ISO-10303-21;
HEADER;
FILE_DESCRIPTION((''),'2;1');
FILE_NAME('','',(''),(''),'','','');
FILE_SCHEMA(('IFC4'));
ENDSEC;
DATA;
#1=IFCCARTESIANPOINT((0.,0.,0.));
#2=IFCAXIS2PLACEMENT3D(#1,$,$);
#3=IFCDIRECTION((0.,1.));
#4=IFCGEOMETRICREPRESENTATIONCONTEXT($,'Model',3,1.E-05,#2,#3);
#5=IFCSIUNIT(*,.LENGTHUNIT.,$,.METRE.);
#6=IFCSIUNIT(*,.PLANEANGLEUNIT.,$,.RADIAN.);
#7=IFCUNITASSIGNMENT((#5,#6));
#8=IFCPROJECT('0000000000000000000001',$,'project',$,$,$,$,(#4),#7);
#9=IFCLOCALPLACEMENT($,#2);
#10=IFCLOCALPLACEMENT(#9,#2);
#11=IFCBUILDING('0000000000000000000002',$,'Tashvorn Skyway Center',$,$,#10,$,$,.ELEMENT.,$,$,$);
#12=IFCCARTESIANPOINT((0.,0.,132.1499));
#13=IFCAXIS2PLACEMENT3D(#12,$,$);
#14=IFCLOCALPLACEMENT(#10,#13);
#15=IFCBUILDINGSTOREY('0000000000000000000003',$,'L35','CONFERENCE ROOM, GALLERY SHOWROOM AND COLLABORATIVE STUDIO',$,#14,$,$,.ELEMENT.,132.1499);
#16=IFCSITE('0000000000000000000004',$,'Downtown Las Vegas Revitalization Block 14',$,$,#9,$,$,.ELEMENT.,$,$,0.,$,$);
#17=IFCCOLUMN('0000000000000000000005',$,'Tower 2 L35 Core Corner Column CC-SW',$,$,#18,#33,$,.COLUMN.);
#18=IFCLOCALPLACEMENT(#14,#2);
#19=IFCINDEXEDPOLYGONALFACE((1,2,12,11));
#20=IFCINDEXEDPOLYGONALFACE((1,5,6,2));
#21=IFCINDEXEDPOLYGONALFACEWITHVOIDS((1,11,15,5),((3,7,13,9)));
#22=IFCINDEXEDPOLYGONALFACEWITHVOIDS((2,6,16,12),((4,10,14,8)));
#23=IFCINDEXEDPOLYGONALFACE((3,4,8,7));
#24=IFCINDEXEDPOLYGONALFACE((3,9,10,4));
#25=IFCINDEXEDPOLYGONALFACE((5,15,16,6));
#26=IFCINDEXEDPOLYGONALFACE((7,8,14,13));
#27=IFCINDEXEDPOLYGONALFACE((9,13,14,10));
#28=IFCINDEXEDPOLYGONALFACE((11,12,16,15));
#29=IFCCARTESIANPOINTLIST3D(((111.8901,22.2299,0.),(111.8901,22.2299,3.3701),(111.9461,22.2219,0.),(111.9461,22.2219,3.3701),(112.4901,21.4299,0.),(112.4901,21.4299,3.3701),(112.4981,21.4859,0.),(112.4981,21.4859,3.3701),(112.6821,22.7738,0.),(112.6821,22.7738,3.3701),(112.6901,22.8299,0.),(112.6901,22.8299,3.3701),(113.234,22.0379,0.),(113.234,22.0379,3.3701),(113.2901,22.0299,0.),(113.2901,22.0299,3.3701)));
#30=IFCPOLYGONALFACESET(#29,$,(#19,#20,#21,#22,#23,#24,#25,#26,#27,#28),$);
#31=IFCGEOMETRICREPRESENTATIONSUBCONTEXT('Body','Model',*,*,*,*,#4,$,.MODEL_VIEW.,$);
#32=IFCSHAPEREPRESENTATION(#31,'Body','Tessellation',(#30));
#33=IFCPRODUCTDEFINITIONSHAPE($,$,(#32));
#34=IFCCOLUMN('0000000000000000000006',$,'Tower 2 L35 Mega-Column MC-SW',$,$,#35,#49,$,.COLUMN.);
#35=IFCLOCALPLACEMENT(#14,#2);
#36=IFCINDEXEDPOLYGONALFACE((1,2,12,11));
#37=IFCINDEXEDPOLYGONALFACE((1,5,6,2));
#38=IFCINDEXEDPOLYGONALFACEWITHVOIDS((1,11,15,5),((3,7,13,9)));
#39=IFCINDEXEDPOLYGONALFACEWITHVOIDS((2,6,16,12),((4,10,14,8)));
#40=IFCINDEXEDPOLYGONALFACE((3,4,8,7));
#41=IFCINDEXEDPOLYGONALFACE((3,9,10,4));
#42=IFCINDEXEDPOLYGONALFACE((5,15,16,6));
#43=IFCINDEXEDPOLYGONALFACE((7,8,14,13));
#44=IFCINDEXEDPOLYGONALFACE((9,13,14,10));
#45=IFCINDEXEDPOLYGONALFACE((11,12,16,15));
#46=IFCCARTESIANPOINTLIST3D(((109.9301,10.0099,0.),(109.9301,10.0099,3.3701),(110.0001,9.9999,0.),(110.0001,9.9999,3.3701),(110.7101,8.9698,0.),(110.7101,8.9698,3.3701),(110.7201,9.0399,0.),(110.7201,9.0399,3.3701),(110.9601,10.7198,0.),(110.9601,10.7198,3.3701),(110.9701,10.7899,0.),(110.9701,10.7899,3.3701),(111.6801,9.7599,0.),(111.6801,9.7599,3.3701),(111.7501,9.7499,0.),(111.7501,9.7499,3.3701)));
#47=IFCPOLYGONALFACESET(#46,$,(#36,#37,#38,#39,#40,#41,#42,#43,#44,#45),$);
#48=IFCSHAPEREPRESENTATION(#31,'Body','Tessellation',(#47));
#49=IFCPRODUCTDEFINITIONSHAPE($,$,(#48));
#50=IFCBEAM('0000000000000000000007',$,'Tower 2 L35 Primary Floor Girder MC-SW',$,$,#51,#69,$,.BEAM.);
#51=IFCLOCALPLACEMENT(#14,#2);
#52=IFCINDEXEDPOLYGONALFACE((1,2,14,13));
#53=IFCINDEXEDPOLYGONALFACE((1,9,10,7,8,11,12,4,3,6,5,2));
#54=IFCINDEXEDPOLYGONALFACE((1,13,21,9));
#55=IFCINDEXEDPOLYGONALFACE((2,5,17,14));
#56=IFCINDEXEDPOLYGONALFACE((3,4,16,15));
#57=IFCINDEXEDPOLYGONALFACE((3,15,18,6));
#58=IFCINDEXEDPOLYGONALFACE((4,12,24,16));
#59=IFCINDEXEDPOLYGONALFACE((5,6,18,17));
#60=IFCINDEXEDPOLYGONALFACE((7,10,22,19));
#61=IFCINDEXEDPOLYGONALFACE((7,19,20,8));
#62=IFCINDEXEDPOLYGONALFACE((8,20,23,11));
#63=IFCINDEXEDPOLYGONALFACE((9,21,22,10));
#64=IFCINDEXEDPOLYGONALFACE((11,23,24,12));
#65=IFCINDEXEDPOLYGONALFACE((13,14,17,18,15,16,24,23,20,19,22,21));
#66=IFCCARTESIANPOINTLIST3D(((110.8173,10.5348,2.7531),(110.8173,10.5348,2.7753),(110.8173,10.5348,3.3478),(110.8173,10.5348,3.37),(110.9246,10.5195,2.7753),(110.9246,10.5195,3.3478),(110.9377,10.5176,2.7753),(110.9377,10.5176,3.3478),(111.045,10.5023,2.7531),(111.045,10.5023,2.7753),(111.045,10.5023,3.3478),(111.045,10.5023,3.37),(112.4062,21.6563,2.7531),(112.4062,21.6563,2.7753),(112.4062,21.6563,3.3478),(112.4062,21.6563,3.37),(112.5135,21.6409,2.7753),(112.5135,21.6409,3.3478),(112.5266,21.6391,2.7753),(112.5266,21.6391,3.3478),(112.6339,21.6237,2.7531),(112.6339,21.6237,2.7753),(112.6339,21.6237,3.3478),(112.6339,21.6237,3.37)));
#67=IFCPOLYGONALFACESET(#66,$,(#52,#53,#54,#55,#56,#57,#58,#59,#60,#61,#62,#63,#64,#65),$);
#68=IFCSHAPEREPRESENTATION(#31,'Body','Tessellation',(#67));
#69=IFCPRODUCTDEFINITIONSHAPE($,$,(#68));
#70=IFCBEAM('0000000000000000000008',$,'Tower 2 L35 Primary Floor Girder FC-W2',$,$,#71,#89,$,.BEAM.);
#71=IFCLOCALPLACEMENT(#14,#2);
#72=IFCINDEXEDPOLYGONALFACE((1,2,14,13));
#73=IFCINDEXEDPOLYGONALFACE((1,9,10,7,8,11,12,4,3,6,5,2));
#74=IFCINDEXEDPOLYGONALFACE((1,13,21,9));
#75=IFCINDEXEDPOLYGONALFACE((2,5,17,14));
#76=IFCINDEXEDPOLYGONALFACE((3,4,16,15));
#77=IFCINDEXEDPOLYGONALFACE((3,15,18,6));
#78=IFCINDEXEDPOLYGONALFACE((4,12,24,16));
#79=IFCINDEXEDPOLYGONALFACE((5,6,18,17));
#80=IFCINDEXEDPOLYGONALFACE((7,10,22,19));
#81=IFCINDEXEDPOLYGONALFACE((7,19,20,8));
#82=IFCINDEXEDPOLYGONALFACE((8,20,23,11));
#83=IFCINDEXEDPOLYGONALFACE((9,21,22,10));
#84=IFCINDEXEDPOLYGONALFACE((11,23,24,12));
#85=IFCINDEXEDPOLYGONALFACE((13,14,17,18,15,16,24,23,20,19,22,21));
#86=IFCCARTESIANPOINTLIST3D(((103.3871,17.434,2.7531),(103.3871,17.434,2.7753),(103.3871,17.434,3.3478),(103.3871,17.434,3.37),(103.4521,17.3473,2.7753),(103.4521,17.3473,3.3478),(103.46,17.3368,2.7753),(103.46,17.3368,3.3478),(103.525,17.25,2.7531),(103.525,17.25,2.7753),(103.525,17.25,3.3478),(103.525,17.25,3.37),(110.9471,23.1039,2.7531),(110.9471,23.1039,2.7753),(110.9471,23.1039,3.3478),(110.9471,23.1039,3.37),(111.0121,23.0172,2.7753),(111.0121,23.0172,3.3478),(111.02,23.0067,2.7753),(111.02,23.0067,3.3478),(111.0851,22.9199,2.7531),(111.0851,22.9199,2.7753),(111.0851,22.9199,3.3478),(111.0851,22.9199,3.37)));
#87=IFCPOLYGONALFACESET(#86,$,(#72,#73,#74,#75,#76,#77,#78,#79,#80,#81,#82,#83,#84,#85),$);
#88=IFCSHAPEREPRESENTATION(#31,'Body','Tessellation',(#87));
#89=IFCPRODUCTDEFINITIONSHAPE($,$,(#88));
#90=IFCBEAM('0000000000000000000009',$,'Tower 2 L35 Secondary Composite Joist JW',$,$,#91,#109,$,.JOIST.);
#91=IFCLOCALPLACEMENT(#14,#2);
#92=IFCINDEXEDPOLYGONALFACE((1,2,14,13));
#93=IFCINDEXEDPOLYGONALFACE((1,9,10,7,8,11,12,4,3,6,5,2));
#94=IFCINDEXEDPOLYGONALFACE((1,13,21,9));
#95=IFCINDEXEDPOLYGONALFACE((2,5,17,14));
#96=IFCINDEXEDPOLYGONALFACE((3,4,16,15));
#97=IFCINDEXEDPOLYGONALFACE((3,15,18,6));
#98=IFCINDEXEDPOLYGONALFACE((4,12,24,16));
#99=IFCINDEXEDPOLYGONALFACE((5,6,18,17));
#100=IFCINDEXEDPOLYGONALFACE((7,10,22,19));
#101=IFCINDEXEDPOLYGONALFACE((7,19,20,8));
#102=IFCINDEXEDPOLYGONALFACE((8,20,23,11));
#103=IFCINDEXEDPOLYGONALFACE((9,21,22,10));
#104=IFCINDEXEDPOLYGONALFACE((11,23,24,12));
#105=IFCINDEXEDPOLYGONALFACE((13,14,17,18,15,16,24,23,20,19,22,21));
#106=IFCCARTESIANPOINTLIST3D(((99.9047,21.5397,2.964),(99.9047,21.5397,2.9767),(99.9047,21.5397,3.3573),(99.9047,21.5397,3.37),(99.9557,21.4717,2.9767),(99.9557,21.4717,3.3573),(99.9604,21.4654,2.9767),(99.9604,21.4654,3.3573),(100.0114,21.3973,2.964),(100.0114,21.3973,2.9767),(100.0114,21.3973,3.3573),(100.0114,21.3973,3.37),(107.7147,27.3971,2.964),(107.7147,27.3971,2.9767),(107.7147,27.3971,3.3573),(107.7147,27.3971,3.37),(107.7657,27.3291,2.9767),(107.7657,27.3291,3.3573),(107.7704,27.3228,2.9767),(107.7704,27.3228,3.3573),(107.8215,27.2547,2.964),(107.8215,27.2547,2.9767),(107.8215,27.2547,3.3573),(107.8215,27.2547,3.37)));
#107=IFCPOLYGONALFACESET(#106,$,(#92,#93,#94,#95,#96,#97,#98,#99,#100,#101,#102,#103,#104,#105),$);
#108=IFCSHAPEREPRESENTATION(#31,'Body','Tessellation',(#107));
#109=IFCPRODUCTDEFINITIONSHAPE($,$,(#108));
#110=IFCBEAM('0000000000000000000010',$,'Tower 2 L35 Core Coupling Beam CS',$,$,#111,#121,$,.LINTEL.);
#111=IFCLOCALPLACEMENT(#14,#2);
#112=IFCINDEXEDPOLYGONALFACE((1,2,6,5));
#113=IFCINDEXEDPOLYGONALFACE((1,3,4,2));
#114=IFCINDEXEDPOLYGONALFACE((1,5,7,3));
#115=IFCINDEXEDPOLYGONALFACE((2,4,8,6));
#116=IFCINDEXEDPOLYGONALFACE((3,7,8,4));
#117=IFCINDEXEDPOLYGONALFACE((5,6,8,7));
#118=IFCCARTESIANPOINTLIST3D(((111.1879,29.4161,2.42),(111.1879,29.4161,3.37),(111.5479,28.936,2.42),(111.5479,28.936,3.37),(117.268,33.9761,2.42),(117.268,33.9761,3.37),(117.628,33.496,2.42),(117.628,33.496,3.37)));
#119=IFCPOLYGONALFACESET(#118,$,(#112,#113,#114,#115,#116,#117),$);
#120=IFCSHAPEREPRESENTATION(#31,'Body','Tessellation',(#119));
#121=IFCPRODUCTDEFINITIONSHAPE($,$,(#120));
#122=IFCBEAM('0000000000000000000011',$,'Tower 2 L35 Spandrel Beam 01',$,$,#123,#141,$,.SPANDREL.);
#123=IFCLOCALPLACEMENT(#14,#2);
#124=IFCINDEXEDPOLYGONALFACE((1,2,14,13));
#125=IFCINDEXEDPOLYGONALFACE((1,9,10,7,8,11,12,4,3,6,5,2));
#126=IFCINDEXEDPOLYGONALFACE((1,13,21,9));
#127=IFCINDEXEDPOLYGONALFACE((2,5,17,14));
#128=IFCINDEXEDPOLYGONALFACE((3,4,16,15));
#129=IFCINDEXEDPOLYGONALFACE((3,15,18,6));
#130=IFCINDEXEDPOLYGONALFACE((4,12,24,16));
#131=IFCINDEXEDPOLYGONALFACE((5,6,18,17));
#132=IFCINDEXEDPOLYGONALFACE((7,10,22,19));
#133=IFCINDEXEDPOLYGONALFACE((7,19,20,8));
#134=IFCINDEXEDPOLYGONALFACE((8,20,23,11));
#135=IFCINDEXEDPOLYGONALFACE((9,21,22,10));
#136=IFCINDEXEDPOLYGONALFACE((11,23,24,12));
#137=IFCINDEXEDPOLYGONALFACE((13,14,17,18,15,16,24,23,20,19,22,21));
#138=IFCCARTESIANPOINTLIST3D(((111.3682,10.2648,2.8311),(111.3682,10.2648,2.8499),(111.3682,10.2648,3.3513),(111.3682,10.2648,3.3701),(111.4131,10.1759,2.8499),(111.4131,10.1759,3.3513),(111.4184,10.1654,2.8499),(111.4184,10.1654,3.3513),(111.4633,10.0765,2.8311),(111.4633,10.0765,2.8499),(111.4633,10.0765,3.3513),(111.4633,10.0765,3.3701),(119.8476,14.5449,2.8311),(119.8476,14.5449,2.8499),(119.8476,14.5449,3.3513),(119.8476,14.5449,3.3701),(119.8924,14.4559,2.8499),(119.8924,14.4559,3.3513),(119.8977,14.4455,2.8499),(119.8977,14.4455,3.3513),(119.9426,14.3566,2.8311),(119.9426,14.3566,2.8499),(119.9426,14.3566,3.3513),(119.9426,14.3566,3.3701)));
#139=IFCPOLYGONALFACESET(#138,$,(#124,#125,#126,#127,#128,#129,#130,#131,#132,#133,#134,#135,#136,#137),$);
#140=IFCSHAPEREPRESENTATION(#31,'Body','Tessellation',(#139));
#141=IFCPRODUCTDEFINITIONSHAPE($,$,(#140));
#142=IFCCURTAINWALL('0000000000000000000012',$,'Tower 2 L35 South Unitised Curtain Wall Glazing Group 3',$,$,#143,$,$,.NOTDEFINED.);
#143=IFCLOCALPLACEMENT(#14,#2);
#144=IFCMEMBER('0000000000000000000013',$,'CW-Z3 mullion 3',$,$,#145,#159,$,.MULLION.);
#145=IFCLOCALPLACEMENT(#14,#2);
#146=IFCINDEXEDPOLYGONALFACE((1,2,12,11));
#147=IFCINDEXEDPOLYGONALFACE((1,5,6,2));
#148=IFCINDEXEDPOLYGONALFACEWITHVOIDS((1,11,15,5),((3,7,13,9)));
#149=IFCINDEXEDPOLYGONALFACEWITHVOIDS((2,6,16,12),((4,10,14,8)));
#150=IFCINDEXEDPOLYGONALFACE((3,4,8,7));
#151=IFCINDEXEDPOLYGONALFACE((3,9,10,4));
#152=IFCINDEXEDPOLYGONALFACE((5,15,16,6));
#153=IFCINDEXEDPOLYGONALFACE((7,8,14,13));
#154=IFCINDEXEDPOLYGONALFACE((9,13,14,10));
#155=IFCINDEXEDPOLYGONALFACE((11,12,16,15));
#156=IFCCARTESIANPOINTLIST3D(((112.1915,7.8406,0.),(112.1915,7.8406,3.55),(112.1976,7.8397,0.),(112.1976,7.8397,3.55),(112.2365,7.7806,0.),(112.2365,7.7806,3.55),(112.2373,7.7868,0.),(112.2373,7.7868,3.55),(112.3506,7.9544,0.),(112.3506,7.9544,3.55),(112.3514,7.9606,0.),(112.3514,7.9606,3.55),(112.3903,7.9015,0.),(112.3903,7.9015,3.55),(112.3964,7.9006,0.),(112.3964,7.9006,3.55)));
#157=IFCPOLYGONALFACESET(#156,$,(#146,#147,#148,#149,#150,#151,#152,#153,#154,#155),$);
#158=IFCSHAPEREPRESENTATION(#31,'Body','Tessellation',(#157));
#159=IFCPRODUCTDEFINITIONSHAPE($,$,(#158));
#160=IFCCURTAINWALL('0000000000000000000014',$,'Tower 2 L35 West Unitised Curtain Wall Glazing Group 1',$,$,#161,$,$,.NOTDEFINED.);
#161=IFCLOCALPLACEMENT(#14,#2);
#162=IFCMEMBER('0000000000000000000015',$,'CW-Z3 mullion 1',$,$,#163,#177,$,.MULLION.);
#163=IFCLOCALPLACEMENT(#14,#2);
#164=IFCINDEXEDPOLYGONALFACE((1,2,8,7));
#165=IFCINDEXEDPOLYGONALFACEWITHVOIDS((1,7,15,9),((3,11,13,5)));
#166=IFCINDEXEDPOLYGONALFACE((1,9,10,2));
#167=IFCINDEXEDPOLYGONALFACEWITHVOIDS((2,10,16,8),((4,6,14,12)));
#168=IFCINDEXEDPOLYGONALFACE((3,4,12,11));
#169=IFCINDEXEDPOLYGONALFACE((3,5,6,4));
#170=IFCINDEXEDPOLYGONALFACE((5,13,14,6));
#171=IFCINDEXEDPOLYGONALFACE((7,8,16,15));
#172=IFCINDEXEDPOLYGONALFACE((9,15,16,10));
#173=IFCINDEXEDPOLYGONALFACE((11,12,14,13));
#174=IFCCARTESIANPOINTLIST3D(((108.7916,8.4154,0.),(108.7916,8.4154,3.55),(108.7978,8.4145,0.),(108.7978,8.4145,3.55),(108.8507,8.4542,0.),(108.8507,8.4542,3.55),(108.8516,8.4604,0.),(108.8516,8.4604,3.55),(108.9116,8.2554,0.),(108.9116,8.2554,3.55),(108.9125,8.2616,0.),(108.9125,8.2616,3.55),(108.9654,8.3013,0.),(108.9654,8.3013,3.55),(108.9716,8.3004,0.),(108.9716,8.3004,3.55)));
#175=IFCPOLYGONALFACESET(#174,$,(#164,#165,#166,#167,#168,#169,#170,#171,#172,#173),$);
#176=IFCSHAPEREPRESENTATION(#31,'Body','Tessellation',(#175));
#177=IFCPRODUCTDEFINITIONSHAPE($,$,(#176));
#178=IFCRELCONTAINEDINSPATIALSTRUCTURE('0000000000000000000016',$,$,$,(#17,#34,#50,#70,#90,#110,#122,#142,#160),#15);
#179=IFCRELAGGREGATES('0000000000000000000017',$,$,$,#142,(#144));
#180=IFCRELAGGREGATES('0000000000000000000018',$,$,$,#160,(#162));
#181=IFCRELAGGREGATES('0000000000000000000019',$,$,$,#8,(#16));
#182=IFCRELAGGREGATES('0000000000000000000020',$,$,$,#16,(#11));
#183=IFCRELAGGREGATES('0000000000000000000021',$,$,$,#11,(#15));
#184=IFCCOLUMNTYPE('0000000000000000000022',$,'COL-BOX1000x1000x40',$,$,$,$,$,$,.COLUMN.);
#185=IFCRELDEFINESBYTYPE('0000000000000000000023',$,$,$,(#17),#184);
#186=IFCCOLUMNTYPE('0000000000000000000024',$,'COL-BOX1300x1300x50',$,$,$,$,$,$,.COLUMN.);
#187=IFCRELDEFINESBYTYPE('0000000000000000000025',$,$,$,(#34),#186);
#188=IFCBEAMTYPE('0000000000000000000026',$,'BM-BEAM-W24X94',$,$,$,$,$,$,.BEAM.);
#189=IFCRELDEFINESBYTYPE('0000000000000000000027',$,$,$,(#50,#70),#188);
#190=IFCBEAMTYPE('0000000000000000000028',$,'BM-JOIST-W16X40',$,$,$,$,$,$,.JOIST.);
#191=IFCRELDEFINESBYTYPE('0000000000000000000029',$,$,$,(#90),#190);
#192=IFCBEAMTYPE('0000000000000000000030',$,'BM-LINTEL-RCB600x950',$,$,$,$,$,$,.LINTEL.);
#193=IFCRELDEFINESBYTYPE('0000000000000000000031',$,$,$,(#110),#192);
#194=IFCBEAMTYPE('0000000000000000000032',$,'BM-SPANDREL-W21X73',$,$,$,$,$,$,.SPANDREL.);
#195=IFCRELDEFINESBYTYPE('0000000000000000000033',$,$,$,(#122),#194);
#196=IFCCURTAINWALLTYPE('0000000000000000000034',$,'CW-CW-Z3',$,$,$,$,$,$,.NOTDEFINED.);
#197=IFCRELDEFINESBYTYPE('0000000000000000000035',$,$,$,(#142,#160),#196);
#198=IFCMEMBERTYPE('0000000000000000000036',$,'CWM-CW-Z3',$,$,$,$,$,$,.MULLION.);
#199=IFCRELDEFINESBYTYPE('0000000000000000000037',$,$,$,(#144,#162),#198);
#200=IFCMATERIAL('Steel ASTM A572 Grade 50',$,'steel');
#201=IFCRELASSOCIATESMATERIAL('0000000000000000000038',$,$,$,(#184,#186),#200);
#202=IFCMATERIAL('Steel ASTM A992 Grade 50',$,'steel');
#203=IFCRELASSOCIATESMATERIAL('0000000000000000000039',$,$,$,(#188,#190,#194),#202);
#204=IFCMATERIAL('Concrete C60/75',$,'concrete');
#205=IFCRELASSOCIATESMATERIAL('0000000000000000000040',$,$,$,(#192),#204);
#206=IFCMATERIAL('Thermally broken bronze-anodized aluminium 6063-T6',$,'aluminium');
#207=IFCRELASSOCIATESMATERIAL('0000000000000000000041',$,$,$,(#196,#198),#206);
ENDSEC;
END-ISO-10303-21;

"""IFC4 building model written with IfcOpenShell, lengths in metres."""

from ifc_helpers import new_model, si_unit, direction, frame, origin, origin_2d, place, context, subcontext, project, spatial, rectangle, hollow_rectangle, i_section, extrude, material, material_profile, profile_set, type_object, element, aggregate, save


model = new_model("IFC4")

# Units and contexts
model_context = context("Model", 3, precision=1e-05, world=origin(), true_north=direction((0.0, 1.0)))
body_context = subcontext(model_context, "Body", "Model", "MODEL_VIEW")
ifc_project = project(units=[si_unit("LENGTHUNIT", "METRE"), si_unit("PLANEANGLEUNIT", "RADIAN")], contexts=[model_context])

# Site, building, storey
site_placement = place(None, origin())
site = spatial("IfcSite", under=ifc_project, at=site_placement, Name="Downtown Las Vegas Revitalization Block 14", CompositionType="ELEMENT", RefElevation=0.0)
building_placement = place(site_placement, origin())
building = spatial("IfcBuilding", under=site, at=building_placement, Name="Tashvorn Skyway Center", CompositionType="ELEMENT")
storey_placement = place(building_placement, frame((0.0, 0.0, 132.1499)))
storey = spatial("IfcBuildingStorey", under=building, at=storey_placement, Name="L35", Description="CONFERENCE ROOM, GALLERY SHOWROOM AND COLLABORATIVE STUDIO", CompositionType="ELEMENT", Elevation=132.1499)

# Columns
ifc_material_1 = material(Name="Steel ASTM A572 Grade 50", Category="steel")
ifc_material_profile_1 = material_profile(ifc_material_1, hollow_rectangle(XDim=1.0, YDim=1.0, WallThickness=0.04, at=origin_2d()), Name="BOX1000x1000x40")
ifc_profile_set_1 = profile_set([ifc_material_profile_1], Name="Steel ASTM A572 Grade 50")
column_type_1 = type_object("IfcColumnType", Name="COL-BOX1000x1000x40", PredefinedType="COLUMN", material=ifc_profile_set_1)
column_1_placement = place(storey_placement, frame((112.5901, 22.1299, 0.0), z_axis=(0.0, 0.0, 1.0), x_axis=(0.8, 0.6, 0.0)))
element("IfcColumn", 1, at=column_1_placement, inside=storey, type_object=column_type_1, Name="Tower 2 L35 Core Corner Column CC-SW", PredefinedType="COLUMN", context=body_context, shape_type="SweptSolid", body=[
    extrude(hollow_rectangle(XDim=1.0, YDim=1.0, WallThickness=0.04, at=origin_2d()), origin(), (0.0, 0.0, 1.0), 3.3701),
])
ifc_material_profile_2 = material_profile(ifc_material_1, hollow_rectangle(XDim=1.3, YDim=1.3, WallThickness=0.05, at=origin_2d()), Name="BOX1300x1300x50")
ifc_profile_set_2 = profile_set([ifc_material_profile_2], Name="Steel ASTM A572 Grade 50")
column_type_2 = type_object("IfcColumnType", Name="COL-BOX1300x1300x50", PredefinedType="COLUMN", material=ifc_profile_set_2)
column_2_placement = place(storey_placement, frame((110.8401, 9.8799, 0.0), z_axis=(0.0, 0.0, 1.0), x_axis=(0.8, 0.6, 0.0)))
element("IfcColumn", 2, at=column_2_placement, inside=storey, type_object=column_type_2, Name="Tower 2 L35 Mega-Column MC-SW", PredefinedType="COLUMN", context=body_context, shape_type="SweptSolid", body=[
    extrude(hollow_rectangle(XDim=1.3, YDim=1.3, WallThickness=0.05, at=origin_2d()), origin(), (0.0, 0.0, 1.0), 3.3701),
])

# Beams
ifc_material_2 = material(Name="Steel ASTM A992 Grade 50", Category="steel")
ifc_material_profile_3 = material_profile(ifc_material_2, i_section(OverallWidth=0.23, OverallDepth=0.6169, WebThickness=0.0132, FlangeThickness=0.0222, at=origin_2d()), Name="W24X94")
ifc_profile_set_3 = profile_set([ifc_material_profile_3], Name="Steel ASTM A992 Grade 50")
beam_type_1 = type_object("IfcBeamType", Name="BM-BEAM-W24X94", PredefinedType="BEAM", material=ifc_profile_set_3)
beam_1_placement = place(storey_placement, frame((110.9312, 10.5186, 3.0615), z_axis=(0.14143, 0.989948, 0.0), x_axis=(-0.989948, 0.14143, 0.0)))
element("IfcBeam", 3, at=beam_1_placement, inside=storey, type_object=beam_type_1, Name="Tower 2 L35 Primary Floor Girder MC-SW", PredefinedType="BEAM", context=body_context, shape_type="SweptSolid", body=[
    extrude(i_section(OverallWidth=0.23, OverallDepth=0.6169, WebThickness=0.0132, FlangeThickness=0.0222, at=origin_2d()), origin(), (0.0, 0.0, 1.0), 11.2344),
])
beam_2_placement = place(storey_placement, frame((103.4561, 17.342, 3.0615), z_axis=(0.800006, 0.599992, 0.0), x_axis=(-0.599992, 0.800006, 0.0)))
element("IfcBeam", 4, at=beam_2_placement, inside=storey, type_object=beam_type_1, Name="Tower 2 L35 Primary Floor Girder FC-W2", PredefinedType="BEAM", context=body_context, shape_type="SweptSolid", body=[
    extrude(i_section(OverallWidth=0.23, OverallDepth=0.6169, WebThickness=0.0132, FlangeThickness=0.0222, at=origin_2d()), origin(), (0.0, 0.0, 1.0), 9.45),
])
ifc_material_profile_4 = material_profile(ifc_material_2, i_section(OverallWidth=0.178, OverallDepth=0.406, WebThickness=0.0078, FlangeThickness=0.0127, at=origin_2d()), Name="W16X40")
ifc_profile_set_4 = profile_set([ifc_material_profile_4], Name="Steel ASTM A992 Grade 50")
beam_type_2 = type_object("IfcBeamType", Name="BM-JOIST-W16X40", PredefinedType="JOIST", material=ifc_profile_set_4)
beam_3_placement = place(storey_placement, frame((107.7681, 27.3259, 3.167), z_axis=(-0.800006, -0.599992, 0.0), x_axis=(0.599992, -0.800006, 0.0)))
element("IfcBeam", 5, at=beam_3_placement, inside=storey, type_object=beam_type_2, Name="Tower 2 L35 Secondary Composite Joist JW", PredefinedType="JOIST", context=body_context, shape_type="SweptSolid", body=[
    extrude(i_section(OverallWidth=0.178, OverallDepth=0.406, WebThickness=0.0078, FlangeThickness=0.0127, at=origin_2d()), origin(), (0.0, 0.0, 1.0), 9.7625),
])
ifc_material_3 = material(Name="Concrete C60/75", Category="concrete")
ifc_material_profile_5 = material_profile(ifc_material_3, rectangle(XDim=0.6001, YDim=0.95, at=origin_2d()), Name="RCB600x950")
ifc_profile_set_5 = profile_set([ifc_material_profile_5], Name="Concrete C60/75")
beam_type_3 = type_object("IfcBeamType", Name="BM-LINTEL-RCB600x950", PredefinedType="LINTEL", material=ifc_profile_set_5)
beam_4_placement = place(storey_placement, frame((111.3679, 29.176, 2.895), z_axis=(0.8, 0.6, 0.0), x_axis=(-0.6, 0.8, 0.0)))
element("IfcBeam", 6, at=beam_4_placement, inside=storey, type_object=beam_type_3, Name="Tower 2 L35 Core Coupling Beam CS", PredefinedType="LINTEL", context=body_context, shape_type="SweptSolid", body=[
    extrude(rectangle(XDim=0.6001, YDim=0.95, at=origin_2d()), origin(), (0.0, 0.0, 1.0), 7.6001),
])
ifc_material_profile_6 = material_profile(ifc_material_2, i_section(OverallWidth=0.2109, OverallDepth=0.5391, WebThickness=0.0117, FlangeThickness=0.0188, at=origin_2d()), Name="W21X73")
ifc_profile_set_6 = profile_set([ifc_material_profile_6], Name="Steel ASTM A992 Grade 50")
beam_type_4 = type_object("IfcBeamType", Name="BM-SPANDREL-W21X73", PredefinedType="SPANDREL", material=ifc_profile_set_6)
beam_5_placement = place(storey_placement, frame((111.4158, 10.1707, 3.1006), z_axis=(0.892719, 0.450614, 0.0), x_axis=(-0.450614, 0.892719, 0.0)))
element("IfcBeam", 7, at=beam_5_placement, inside=storey, type_object=beam_type_4, Name="Tower 2 L35 Spandrel Beam 01", PredefinedType="SPANDREL", context=body_context, shape_type="SweptSolid", body=[
    extrude(i_section(OverallWidth=0.2109, OverallDepth=0.5391, WebThickness=0.0117, FlangeThickness=0.0188, at=origin_2d()), origin(), (0.0, 0.0, 1.0), 9.4983),
])

# Curtain wall, member
ifc_material_4 = material(Name="Thermally broken bronze-anodized aluminium 6063-T6", Category="aluminium")
curtain_wall_type = type_object("IfcCurtainWallType", Name="CW-CW-Z3", PredefinedType="NOTDEFINED", material=ifc_material_4)
curtain_wall_1_placement = place(storey_placement, origin())
curtain_wall_1 = element("IfcCurtainWall", 8, at=curtain_wall_1_placement, inside=storey, type_object=curtain_wall_type, Name="Tower 2 L35 South Unitised Curtain Wall Glazing Group 3", PredefinedType="NOTDEFINED")
ifc_material_profile_7 = material_profile(ifc_material_4, hollow_rectangle(XDim=0.075, YDim=0.2, WallThickness=0.0044, at=origin_2d()), Name="ALU-MULL-75x200")
ifc_profile_set_7 = profile_set([ifc_material_profile_7], Name="Thermally broken bronze-anodized aluminium 6063-T6")
member_type_1 = type_object("IfcMemberType", Name="CWM-CW-Z3", PredefinedType="MULLION", material=ifc_profile_set_7)
member_1_placement = place(storey_placement, frame((112.2939, 7.8706, 0.0), z_axis=(0.0, 0.0, 1.0), x_axis=(0.600005, -0.799997, 0.0)))
member_1 = element("IfcMember", 9, at=member_1_placement, type_object=member_type_1, Name="CW-Z3 mullion 3", PredefinedType="MULLION", context=body_context, shape_type="SweptSolid", body=[
    extrude(hollow_rectangle(XDim=0.075, YDim=0.2, WallThickness=0.0044, at=origin_2d()), origin(), (0.0, 0.0, 1.0), 3.55),
])
aggregate(curtain_wall_1, [member_1])

# Curtain wall, member
curtain_wall_2_placement = place(storey_placement, origin())
curtain_wall_2 = element("IfcCurtainWall", 10, at=curtain_wall_2_placement, inside=storey, type_object=curtain_wall_type, Name="Tower 2 L35 West Unitised Curtain Wall Glazing Group 1", PredefinedType="NOTDEFINED")
member_2_placement = place(storey_placement, frame((108.8816, 8.3579, 0.0), z_axis=(0.0, 0.0, 1.0), x_axis=(-0.799997, -0.600005, 0.0)))
member_2 = element("IfcMember", 11, at=member_2_placement, type_object=member_type_1, Name="CW-Z3 mullion 1", PredefinedType="MULLION", context=body_context, shape_type="SweptSolid", body=[
    extrude(hollow_rectangle(XDim=0.075, YDim=0.2, WallThickness=0.0044, at=origin_2d()), origin(), (0.0, 0.0, 1.0), 3.55),
])
aggregate(curtain_wall_2, [member_2])

save(model, "model.ifc")
